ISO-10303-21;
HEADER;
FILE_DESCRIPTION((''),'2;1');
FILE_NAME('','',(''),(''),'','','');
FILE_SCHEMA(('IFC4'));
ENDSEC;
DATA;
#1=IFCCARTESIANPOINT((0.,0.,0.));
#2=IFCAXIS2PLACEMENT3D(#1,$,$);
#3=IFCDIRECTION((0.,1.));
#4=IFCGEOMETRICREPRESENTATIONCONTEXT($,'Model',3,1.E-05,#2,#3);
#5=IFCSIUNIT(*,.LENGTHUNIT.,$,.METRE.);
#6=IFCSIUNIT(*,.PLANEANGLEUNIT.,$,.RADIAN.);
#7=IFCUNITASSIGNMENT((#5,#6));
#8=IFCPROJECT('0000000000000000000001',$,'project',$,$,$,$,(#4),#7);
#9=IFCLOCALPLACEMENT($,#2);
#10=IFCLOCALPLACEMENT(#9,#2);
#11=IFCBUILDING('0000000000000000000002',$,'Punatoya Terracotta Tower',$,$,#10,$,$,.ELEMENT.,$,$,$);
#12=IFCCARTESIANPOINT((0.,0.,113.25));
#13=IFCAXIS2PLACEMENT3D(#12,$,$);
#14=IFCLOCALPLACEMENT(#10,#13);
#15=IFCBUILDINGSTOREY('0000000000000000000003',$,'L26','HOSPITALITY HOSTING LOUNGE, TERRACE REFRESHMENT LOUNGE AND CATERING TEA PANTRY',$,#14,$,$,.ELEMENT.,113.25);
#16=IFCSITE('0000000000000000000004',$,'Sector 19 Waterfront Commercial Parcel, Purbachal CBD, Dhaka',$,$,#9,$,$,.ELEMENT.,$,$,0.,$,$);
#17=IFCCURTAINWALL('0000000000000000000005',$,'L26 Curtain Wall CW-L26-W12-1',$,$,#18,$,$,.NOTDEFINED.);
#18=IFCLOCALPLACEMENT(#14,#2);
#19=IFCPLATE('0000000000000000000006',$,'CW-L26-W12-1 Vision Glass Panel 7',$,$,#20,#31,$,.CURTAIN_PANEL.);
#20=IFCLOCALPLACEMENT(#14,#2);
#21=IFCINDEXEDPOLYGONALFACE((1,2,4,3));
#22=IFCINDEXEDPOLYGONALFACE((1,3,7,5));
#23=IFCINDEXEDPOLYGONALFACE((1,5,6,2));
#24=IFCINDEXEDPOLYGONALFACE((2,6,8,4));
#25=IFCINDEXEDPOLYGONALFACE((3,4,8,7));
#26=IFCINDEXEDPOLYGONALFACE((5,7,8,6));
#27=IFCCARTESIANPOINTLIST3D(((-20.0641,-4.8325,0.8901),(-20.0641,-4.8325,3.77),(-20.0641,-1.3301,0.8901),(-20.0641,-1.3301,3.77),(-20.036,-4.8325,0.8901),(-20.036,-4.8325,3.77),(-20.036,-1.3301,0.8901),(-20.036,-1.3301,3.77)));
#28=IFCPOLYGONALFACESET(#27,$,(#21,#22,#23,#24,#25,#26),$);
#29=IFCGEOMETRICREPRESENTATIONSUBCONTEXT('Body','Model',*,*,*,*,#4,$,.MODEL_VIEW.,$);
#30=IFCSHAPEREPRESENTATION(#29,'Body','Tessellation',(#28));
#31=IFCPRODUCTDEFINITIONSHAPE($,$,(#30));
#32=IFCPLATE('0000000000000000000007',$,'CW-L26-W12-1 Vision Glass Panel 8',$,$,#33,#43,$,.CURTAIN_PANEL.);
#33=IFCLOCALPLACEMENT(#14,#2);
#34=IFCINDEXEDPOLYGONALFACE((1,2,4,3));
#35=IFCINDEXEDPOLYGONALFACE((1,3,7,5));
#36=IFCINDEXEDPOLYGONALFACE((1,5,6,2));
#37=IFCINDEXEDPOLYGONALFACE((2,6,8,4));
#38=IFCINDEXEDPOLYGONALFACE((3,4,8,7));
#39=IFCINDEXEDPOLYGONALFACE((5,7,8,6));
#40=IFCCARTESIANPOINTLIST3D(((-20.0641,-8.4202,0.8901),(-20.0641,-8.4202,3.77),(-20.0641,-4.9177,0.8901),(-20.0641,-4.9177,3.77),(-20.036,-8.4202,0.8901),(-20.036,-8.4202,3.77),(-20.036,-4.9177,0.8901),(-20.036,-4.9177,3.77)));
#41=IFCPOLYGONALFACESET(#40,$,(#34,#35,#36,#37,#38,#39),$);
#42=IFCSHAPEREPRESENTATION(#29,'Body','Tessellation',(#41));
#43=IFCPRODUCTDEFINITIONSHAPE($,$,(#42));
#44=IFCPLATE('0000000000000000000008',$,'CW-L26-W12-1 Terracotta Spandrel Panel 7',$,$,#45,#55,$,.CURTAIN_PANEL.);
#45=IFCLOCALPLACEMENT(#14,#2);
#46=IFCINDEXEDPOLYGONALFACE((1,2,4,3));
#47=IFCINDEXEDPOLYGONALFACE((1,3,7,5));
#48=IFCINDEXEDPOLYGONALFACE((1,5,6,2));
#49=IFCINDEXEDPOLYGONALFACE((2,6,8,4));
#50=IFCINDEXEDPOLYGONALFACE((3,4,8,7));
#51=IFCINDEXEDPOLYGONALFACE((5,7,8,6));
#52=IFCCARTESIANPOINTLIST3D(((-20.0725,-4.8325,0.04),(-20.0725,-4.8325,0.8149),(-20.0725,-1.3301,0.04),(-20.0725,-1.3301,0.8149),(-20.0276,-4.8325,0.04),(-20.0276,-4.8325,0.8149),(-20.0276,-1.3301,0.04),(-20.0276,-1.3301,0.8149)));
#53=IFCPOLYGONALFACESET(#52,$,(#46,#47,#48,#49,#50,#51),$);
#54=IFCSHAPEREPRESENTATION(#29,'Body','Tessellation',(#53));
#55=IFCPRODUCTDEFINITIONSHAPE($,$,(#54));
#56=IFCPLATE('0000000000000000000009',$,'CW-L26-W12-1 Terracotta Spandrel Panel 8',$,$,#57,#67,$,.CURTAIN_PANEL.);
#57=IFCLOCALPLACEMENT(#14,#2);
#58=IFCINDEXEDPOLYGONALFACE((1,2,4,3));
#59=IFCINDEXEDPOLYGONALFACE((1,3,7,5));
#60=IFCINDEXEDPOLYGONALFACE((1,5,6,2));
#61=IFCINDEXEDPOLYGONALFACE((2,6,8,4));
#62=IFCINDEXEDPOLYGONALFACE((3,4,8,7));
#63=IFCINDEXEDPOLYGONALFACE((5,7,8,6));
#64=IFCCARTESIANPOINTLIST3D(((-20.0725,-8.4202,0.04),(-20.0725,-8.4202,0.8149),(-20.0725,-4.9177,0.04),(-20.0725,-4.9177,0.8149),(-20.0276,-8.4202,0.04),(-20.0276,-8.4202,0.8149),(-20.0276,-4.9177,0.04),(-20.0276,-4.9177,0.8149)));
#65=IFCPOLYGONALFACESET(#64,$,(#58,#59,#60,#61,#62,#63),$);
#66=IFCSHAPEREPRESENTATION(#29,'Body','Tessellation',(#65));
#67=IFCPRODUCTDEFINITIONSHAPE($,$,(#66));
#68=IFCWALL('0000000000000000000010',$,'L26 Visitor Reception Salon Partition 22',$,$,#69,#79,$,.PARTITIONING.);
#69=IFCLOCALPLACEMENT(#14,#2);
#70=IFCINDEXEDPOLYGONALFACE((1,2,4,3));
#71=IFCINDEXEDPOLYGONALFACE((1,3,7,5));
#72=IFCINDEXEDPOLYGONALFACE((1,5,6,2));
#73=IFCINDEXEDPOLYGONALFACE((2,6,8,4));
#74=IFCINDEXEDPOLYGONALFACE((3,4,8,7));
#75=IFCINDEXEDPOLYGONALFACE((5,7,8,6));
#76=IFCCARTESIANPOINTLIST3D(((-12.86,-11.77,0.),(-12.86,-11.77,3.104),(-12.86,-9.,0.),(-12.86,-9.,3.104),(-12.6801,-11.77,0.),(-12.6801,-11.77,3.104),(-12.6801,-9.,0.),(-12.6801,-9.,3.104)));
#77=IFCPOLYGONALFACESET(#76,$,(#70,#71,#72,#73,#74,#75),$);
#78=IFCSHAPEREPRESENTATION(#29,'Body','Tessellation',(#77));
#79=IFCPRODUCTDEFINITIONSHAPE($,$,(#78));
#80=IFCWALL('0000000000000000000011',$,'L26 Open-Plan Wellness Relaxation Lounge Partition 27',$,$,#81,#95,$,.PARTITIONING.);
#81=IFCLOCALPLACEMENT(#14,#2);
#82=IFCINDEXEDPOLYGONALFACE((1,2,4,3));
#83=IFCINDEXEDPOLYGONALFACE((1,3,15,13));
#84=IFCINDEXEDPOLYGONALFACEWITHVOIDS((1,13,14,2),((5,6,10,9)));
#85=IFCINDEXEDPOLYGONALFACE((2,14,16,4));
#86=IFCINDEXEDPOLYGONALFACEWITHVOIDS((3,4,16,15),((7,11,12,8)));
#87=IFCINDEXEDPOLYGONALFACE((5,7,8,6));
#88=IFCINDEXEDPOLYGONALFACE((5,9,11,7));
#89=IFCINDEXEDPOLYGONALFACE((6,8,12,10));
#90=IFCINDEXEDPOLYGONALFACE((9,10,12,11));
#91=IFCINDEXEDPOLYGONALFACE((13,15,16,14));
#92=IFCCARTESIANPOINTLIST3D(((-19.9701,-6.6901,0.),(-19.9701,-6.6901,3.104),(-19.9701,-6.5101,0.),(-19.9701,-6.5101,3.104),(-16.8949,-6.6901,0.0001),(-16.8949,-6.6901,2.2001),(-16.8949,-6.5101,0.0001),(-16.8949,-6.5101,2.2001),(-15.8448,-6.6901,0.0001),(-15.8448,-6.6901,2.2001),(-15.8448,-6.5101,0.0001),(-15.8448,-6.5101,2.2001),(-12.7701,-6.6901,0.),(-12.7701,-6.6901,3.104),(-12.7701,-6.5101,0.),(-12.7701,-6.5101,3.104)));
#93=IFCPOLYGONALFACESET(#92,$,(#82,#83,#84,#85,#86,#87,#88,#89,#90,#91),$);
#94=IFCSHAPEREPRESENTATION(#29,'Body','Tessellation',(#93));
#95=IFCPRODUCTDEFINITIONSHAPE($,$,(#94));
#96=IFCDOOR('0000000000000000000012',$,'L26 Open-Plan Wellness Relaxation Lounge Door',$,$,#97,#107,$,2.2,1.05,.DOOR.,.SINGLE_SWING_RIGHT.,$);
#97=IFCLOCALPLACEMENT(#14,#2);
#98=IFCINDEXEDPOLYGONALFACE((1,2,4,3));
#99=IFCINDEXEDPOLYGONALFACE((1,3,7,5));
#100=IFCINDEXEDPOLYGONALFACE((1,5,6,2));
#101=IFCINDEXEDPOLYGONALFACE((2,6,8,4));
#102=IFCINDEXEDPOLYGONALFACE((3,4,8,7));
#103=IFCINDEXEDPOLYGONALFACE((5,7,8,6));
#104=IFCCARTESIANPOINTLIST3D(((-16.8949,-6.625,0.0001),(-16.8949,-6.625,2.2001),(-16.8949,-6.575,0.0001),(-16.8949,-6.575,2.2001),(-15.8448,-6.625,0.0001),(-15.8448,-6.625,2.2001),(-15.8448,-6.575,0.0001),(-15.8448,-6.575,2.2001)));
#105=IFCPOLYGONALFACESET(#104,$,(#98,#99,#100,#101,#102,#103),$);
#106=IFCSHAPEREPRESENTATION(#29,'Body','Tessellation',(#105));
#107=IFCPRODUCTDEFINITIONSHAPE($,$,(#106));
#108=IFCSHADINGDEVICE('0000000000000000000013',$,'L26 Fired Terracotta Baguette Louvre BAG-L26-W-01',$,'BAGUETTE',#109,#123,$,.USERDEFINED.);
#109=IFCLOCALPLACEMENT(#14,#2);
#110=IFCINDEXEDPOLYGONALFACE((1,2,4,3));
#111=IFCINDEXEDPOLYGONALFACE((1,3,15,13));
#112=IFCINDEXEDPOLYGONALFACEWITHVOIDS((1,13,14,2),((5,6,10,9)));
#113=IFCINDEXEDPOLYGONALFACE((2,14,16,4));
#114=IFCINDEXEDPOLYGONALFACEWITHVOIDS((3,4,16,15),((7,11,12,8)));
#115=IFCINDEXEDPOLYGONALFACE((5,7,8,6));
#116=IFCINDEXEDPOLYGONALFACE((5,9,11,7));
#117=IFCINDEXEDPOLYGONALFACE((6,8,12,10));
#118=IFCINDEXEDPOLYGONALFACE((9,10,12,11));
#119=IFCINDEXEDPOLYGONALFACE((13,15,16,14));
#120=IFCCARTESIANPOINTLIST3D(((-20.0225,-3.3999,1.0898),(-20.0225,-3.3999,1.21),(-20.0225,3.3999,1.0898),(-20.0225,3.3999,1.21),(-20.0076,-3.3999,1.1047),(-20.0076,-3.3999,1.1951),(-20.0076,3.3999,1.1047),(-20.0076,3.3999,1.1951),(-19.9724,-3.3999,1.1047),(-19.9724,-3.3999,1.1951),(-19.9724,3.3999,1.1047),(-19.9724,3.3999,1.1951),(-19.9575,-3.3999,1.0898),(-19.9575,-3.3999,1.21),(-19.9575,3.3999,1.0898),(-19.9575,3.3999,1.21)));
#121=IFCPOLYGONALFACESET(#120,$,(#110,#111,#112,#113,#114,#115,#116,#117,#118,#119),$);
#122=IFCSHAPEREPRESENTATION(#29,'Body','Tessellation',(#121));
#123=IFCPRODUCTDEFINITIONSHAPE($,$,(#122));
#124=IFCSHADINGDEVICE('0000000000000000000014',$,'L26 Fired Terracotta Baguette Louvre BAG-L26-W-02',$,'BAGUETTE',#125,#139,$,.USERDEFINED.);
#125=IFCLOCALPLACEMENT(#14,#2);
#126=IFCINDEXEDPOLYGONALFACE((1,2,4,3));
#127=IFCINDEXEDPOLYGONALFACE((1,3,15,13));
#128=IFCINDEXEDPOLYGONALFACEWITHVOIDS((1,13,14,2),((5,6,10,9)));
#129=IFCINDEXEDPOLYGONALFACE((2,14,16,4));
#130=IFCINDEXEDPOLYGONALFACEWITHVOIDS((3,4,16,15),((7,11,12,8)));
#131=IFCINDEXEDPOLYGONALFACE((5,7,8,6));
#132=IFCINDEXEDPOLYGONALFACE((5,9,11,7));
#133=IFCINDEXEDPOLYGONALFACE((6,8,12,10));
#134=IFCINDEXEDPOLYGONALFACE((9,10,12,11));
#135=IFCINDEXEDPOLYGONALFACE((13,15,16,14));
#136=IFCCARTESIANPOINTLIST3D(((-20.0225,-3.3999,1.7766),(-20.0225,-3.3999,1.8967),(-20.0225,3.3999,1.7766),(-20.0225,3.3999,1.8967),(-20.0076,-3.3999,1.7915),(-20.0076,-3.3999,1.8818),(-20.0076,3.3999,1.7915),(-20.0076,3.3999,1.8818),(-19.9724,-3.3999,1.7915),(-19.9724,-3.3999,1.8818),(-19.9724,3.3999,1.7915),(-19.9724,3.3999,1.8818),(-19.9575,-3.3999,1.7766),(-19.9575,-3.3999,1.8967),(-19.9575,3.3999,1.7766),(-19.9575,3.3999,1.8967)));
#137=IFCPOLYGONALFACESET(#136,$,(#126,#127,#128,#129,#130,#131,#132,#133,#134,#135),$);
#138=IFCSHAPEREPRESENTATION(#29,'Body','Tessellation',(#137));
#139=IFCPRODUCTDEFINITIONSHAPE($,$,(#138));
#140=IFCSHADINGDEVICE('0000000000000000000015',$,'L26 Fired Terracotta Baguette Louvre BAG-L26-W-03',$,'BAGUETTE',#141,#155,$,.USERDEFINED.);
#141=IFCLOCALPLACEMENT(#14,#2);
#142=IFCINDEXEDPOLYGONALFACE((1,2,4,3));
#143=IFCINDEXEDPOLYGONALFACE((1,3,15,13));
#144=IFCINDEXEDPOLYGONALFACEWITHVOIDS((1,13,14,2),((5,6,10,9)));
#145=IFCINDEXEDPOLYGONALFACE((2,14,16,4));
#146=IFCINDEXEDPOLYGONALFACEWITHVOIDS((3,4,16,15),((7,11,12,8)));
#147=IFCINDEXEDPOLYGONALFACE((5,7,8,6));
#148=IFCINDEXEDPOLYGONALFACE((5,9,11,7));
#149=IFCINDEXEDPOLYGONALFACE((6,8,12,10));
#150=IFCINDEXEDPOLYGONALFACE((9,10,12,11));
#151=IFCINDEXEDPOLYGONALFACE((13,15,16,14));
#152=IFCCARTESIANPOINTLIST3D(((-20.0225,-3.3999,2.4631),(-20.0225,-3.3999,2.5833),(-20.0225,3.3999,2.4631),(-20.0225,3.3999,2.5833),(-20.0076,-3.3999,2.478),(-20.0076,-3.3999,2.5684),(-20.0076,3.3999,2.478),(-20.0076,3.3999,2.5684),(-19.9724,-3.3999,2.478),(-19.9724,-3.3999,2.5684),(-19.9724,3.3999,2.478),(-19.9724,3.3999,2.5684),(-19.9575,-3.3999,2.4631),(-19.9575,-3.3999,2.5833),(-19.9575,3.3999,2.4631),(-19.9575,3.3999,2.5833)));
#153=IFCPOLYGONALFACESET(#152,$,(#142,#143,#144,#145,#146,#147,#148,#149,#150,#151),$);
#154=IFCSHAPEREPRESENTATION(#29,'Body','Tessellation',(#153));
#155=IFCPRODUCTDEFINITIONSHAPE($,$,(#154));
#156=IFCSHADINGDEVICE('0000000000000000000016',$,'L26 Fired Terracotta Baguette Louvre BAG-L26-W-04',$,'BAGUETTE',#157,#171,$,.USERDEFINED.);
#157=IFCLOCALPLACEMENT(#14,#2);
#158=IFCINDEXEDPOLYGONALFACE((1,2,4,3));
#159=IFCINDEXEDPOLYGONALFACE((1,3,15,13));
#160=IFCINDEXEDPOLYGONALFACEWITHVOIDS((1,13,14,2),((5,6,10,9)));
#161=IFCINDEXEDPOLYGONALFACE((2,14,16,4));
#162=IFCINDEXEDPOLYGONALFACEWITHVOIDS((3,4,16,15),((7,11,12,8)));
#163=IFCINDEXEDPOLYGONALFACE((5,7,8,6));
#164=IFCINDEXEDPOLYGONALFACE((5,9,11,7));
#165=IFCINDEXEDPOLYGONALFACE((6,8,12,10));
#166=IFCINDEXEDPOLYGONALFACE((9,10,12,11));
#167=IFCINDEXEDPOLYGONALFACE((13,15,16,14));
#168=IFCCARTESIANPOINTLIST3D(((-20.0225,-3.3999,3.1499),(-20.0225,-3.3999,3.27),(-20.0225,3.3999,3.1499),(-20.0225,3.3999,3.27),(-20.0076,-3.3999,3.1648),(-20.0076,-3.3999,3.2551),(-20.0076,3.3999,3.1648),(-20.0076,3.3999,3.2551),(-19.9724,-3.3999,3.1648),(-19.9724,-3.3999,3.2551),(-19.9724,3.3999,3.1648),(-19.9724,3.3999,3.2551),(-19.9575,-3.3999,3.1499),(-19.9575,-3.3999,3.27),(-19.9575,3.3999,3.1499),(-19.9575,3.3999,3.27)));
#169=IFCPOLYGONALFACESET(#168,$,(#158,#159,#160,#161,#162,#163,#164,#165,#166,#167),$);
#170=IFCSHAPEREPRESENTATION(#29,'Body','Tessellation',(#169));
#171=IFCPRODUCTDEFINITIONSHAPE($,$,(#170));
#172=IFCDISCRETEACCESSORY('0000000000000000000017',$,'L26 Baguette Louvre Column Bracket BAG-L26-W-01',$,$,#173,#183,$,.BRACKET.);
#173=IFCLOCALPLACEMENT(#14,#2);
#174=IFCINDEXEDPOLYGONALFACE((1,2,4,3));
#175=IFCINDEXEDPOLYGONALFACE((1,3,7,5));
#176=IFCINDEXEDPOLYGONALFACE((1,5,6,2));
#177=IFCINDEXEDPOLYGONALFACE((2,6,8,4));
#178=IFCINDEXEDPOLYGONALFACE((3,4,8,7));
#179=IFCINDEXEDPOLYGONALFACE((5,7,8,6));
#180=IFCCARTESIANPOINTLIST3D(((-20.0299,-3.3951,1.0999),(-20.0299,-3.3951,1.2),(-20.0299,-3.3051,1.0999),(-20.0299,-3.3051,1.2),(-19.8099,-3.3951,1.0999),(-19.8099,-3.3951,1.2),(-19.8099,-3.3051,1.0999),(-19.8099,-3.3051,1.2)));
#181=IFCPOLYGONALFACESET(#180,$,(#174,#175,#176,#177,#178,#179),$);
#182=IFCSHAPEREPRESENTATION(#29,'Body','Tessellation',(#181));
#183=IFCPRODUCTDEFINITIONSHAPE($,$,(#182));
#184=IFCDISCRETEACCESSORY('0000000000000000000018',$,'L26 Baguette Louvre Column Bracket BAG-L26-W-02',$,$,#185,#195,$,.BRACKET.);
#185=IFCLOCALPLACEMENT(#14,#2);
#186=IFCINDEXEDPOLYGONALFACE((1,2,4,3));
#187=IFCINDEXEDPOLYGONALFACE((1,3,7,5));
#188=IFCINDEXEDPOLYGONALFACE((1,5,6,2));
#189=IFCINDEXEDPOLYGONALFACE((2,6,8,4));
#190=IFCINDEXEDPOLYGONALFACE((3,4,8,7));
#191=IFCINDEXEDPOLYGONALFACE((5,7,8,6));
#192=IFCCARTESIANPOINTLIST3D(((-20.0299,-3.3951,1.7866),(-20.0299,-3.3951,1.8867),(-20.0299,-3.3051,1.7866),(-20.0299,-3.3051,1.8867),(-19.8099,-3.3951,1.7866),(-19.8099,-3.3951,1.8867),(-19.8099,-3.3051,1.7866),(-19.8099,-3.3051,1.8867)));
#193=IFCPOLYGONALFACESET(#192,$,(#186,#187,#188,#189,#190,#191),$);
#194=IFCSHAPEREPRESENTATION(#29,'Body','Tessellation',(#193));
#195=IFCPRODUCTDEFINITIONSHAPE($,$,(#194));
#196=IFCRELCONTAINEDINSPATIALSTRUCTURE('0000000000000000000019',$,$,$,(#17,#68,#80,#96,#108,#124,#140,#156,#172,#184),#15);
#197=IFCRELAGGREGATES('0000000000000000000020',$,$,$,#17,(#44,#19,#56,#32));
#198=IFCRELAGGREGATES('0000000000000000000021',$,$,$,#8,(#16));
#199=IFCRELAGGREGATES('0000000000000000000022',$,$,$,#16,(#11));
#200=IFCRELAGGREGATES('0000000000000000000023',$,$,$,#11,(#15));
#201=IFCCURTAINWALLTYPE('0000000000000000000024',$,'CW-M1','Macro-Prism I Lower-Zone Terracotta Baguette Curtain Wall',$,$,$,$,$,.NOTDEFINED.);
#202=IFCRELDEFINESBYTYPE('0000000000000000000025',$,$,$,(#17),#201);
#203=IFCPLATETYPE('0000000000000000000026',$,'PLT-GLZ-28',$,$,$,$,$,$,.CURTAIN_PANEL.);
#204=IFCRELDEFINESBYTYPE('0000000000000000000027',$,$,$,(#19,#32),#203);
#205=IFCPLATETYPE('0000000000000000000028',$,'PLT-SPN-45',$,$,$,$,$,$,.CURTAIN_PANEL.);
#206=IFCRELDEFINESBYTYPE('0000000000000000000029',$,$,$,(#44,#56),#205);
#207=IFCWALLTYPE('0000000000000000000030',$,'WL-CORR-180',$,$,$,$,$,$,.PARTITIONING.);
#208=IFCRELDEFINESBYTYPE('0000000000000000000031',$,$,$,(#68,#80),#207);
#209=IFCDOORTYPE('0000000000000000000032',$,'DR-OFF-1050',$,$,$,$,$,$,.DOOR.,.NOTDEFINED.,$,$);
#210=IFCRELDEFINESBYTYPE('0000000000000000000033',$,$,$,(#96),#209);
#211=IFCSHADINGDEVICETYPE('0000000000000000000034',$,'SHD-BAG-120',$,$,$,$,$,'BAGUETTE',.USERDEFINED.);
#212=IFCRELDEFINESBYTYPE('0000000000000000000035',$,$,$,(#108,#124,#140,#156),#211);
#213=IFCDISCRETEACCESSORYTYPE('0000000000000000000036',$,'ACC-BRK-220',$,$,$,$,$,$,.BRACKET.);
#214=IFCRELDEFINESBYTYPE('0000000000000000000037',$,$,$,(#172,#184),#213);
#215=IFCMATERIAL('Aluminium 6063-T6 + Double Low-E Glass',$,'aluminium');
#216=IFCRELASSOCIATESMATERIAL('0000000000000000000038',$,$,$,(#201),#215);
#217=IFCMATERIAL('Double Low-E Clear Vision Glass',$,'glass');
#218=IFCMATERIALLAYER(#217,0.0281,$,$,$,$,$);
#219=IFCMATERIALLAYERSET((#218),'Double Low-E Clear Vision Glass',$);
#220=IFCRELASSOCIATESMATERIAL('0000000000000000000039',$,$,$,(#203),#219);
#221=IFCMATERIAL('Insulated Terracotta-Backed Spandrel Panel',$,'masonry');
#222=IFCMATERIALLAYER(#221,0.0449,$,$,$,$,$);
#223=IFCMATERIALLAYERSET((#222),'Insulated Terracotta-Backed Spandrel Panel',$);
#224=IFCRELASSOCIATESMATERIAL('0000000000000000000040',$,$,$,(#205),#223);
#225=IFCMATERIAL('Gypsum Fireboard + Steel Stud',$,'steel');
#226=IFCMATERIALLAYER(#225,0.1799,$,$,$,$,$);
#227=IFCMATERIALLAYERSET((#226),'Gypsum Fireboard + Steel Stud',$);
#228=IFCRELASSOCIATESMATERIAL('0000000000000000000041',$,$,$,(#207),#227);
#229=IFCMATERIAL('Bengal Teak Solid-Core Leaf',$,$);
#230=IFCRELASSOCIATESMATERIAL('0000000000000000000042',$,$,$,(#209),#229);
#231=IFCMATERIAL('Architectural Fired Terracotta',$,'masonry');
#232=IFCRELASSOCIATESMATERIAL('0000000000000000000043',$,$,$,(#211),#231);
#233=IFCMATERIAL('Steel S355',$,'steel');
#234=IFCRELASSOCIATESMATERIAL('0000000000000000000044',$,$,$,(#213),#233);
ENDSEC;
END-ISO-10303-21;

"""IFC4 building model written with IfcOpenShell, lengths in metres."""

from ifc_helpers import new_model, si_unit, direction, frame, frame_2d, origin, origin_2d, place, context, subcontext, project, spatial, rectangle, hollow_rectangle, extrude, material, layer, layer_set, material_profile, profile_set, type_object, element, fill, aggregate, save


model = new_model("IFC4")

# Units and contexts
model_context = context("Model", 3, precision=1e-05, world=origin(), true_north=direction((0.0, 1.0)))
body_context = subcontext(model_context, "Body", "Model", "MODEL_VIEW")
ifc_project = project(units=[si_unit("LENGTHUNIT", "METRE"), si_unit("PLANEANGLEUNIT", "RADIAN")], contexts=[model_context])

# Site, building, storey
site_placement = place(None, origin())
site = spatial("IfcSite", under=ifc_project, at=site_placement, Name="Sector 19 Waterfront Commercial Parcel, Purbachal CBD, Dhaka", CompositionType="ELEMENT", RefElevation=0.0)
building_placement = place(site_placement, origin())
building = spatial("IfcBuilding", under=site, at=building_placement, Name="Punatoya Terracotta Tower", CompositionType="ELEMENT")
storey_placement = place(building_placement, frame((0.0, 0.0, 113.25)))
storey = spatial("IfcBuildingStorey", under=building, at=storey_placement, Name="L26", Description="HOSPITALITY HOSTING LOUNGE, TERRACE REFRESHMENT LOUNGE AND CATERING TEA PANTRY", CompositionType="ELEMENT", Elevation=113.25)

# Shared definitions
ifc_material_1 = material(Name="Steel S355", Category="steel")

# Curtain wall
ifc_material_2 = material(Name="Aluminium 6063-T6 + Double Low-E Glass", Category="aluminium")
curtain_wall_type = type_object("IfcCurtainWallType", Name="CW-M1", Description="Macro-Prism I Lower-Zone Terracotta Baguette Curtain Wall", PredefinedType="NOTDEFINED", material=ifc_material_2)
curtain_wall_placement = place(storey_placement, origin())
curtain_wall = element("IfcCurtainWall", 1, at=curtain_wall_placement, inside=storey, type_object=curtain_wall_type, Name="L26 Curtain Wall CW-L26-W12-1", PredefinedType="NOTDEFINED")

# Plates
ifc_material_3 = material(Name="Double Low-E Clear Vision Glass", Category="glass")
ifc_layer_1 = layer(ifc_material_3, 0.0281)
ifc_layer_set_1 = layer_set([ifc_layer_1], Name="Double Low-E Clear Vision Glass")
plate_type_1 = type_object("IfcPlateType", Name="PLT-GLZ-28", PredefinedType="CURTAIN_PANEL", material=ifc_layer_set_1)
plate_1_placement = place(storey_placement, frame((-20.05, -3.0813, 0.8901), z_axis=(0.0, 0.0, 1.0), x_axis=(0.0, -1.0, 0.0)))
plate_1 = element("IfcPlate", 2, at=plate_1_placement, type_object=plate_type_1, Name="CW-L26-W12-1 Vision Glass Panel 7", PredefinedType="CURTAIN_PANEL", context=body_context, shape_type="SweptSolid", body=[
    extrude(rectangle(XDim=3.5024, YDim=0.0281, at=origin_2d()), origin(), (0.0, 0.0, 1.0), 2.8799),
])
plate_2_placement = place(storey_placement, frame((-20.05, -6.6689, 0.8901), z_axis=(0.0, 0.0, 1.0), x_axis=(0.0, -1.0, 0.0)))
plate_2 = element("IfcPlate", 3, at=plate_2_placement, type_object=plate_type_1, Name="CW-L26-W12-1 Vision Glass Panel 8", PredefinedType="CURTAIN_PANEL", context=body_context, shape_type="SweptSolid", body=[
    extrude(rectangle(XDim=3.5024, YDim=0.0281, at=origin_2d()), origin(), (0.0, 0.0, 1.0), 2.8799),
])
ifc_material_4 = material(Name="Insulated Terracotta-Backed Spandrel Panel", Category="masonry")
ifc_layer_2 = layer(ifc_material_4, 0.0449)
ifc_layer_set_2 = layer_set([ifc_layer_2], Name="Insulated Terracotta-Backed Spandrel Panel")
plate_type_2 = type_object("IfcPlateType", Name="PLT-SPN-45", PredefinedType="CURTAIN_PANEL", material=ifc_layer_set_2)
plate_3_placement = place(storey_placement, frame((-20.05, -3.0813, 0.04), z_axis=(0.0, 0.0, 1.0), x_axis=(0.0, -1.0, 0.0)))
plate_3 = element("IfcPlate", 4, at=plate_3_placement, type_object=plate_type_2, Name="CW-L26-W12-1 Terracotta Spandrel Panel 7", PredefinedType="CURTAIN_PANEL", context=body_context, shape_type="SweptSolid", body=[
    extrude(rectangle(XDim=3.5024, YDim=0.0449, at=origin_2d()), origin(), (0.0, 0.0, 1.0), 0.7749),
])
plate_4_placement = place(storey_placement, frame((-20.05, -6.6689, 0.04), z_axis=(0.0, 0.0, 1.0), x_axis=(0.0, -1.0, 0.0)))
plate_4 = element("IfcPlate", 5, at=plate_4_placement, type_object=plate_type_2, Name="CW-L26-W12-1 Terracotta Spandrel Panel 8", PredefinedType="CURTAIN_PANEL", context=body_context, shape_type="SweptSolid", body=[
    extrude(rectangle(XDim=3.5024, YDim=0.0449, at=origin_2d()), origin(), (0.0, 0.0, 1.0), 0.7749),
])
aggregate(curtain_wall, [plate_3, plate_1, plate_4, plate_2])

# Wall
ifc_material_5 = material(Name="Gypsum Fireboard + Steel Stud", Category="steel")
ifc_layer_3 = layer(ifc_material_5, 0.1799)
ifc_layer_set_3 = layer_set([ifc_layer_3], Name="Gypsum Fireboard + Steel Stud")
wall_type = type_object("IfcWallType", Name="WL-CORR-180", PredefinedType="PARTITIONING", material=ifc_layer_set_3)
wall_1_placement = place(storey_placement, frame((-12.77, -9.0, 0.0), z_axis=(0.0, 0.0, 1.0), x_axis=(0.0, -1.0, 0.0)))
element("IfcWall", 6, at=wall_1_placement, inside=storey, type_object=wall_type, Name="L26 Visitor Reception Salon Partition 22", PredefinedType="PARTITIONING", context=body_context, shape_type="SweptSolid", body=[
    extrude(rectangle(XDim=2.77, YDim=0.1799, at=frame_2d((1.385, 0.0))), origin(), (0.0, 0.0, 1.0), 3.104),
])

# Wall, opening, door
wall_2_placement = place(storey_placement, frame((-12.77, -6.6001, 0.0), z_axis=(0.0, 0.0, 1.0), x_axis=(-1.0, 0.0, 0.0)))
wall_2 = element("IfcWall", 7, at=wall_2_placement, inside=storey, type_object=wall_type, Name="L26 Open-Plan Wellness Relaxation Lounge Partition 27", PredefinedType="PARTITIONING", context=body_context, shape_type="SweptSolid", body=[
    extrude(rectangle(XDim=7.2, YDim=0.1799, at=frame_2d((3.6001, 0.0))), origin(), (0.0, 0.0, 1.0), 3.104),
])
opening_placement = place(wall_2_placement, frame((3.075, 0.0, 0.0)))
opening = element("IfcOpeningElement", 8, at=opening_placement, cuts=wall_2, PredefinedType="OPENING", context=body_context, shape_type="SweptSolid", body=[
    extrude(rectangle(XDim=1.05, YDim=2.2, at=frame_2d((0.5249, 1.1001))), frame((0.0, 0.0999, 0.0), z_axis=(0.0, -1.0, 0.0), x_axis=(1.0, 0.0, 0.0)), (0.0, 0.0, 1.0), 0.2),
])
ifc_material_6 = material(Name="Bengal Teak Solid-Core Leaf")
door_type = type_object("IfcDoorType", Name="DR-OFF-1050", OperationType="NOTDEFINED", PredefinedType="DOOR", material=ifc_material_6)
door_placement = place(opening_placement, origin())
door = element("IfcDoor", 9, at=door_placement, inside=storey, type_object=door_type, Name="L26 Open-Plan Wellness Relaxation Lounge Door", OperationType="SINGLE_SWING_RIGHT", OverallHeight=2.2, OverallWidth=1.05, PredefinedType="DOOR", context=body_context, shape_type="SweptSolid", body=[
    extrude(rectangle(XDim=1.05, YDim=2.2, at=frame_2d((0.5249, 1.1001))), frame((0.0, 0.0249, 0.0), z_axis=(0.0, -1.0, 0.0), x_axis=(1.0, 0.0, 0.0)), (0.0, 0.0, 1.0), 0.05),
])
fill(opening, door)

# Shading devices
ifc_material_7 = material(Name="Architectural Fired Terracotta", Category="masonry")
ifc_material_profile_1 = material_profile(ifc_material_7, hollow_rectangle(XDim=0.0649, YDim=0.1201, WallThickness=0.0149, at=origin_2d()))
ifc_profile_set_1 = profile_set([ifc_material_profile_1], Name="Architectural Fired Terracotta")
shading_device_type = type_object("IfcShadingDeviceType", Name="SHD-BAG-120", ElementType="BAGUETTE", PredefinedType="USERDEFINED", material=ifc_profile_set_1)
for number, where, z_axis, x_axis, name in (
    (10, (-19.99, -3.3999, 1.1499), (0.0, 1.0, 0.0), (-1.0, 0.0, 0.0), "L26 Fired Terracotta Baguette Louvre BAG-L26-W-01"),
    (11, (-19.99, -3.3999, 1.8367), (0.0, 1.0, 0.0), (-1.0, 0.0, 0.0), "L26 Fired Terracotta Baguette Louvre BAG-L26-W-02"),
    (12, (-19.99, -3.3999, 2.5232), (0.0, 1.0, 0.0), (-1.0, 0.0, 0.0), "L26 Fired Terracotta Baguette Louvre BAG-L26-W-03"),
    (13, (-19.99, -3.3999, 3.21), (0.0, 1.0, 0.0), (-1.0, 0.0, 0.0), "L26 Fired Terracotta Baguette Louvre BAG-L26-W-04"),
):
    element("IfcShadingDevice", number, at=place(storey_placement, frame(where, z_axis=z_axis, x_axis=x_axis)), inside=storey, type_object=shading_device_type, Name=name, ObjectType="BAGUETTE", PredefinedType="USERDEFINED", context=body_context, shape_type="SweptSolid", body=[
        extrude(hollow_rectangle(XDim=0.0649, YDim=0.1201, WallThickness=0.0149, at=origin_2d()), origin(), (0.0, 0.0, 1.0), 6.7998),
    ])

# Discrete accessories
discrete_accessory_type = type_object("IfcDiscreteAccessoryType", Name="ACC-BRK-220", PredefinedType="BRACKET", material=ifc_material_1)
for number, where, z_axis, x_axis, name in (
    (14, (-19.9199, -3.3501, 1.0999), (0.0, 0.0, 1.0), (0.0, 1.0, 0.0), "L26 Baguette Louvre Column Bracket BAG-L26-W-01"),
    (15, (-19.9199, -3.3501, 1.7866), (0.0, 0.0, 1.0), (0.0, 1.0, 0.0), "L26 Baguette Louvre Column Bracket BAG-L26-W-02"),
):
    element("IfcDiscreteAccessory", number, at=place(storey_placement, frame(where, z_axis=z_axis, x_axis=x_axis)), inside=storey, type_object=discrete_accessory_type, Name=name, PredefinedType="BRACKET", context=body_context, shape_type="SweptSolid", body=[
        extrude(rectangle(XDim=0.0901, YDim=0.22, at=origin_2d()), origin(), (0.0, 0.0, 1.0), 0.1001),
    ])

save(model, "model.ifc")
